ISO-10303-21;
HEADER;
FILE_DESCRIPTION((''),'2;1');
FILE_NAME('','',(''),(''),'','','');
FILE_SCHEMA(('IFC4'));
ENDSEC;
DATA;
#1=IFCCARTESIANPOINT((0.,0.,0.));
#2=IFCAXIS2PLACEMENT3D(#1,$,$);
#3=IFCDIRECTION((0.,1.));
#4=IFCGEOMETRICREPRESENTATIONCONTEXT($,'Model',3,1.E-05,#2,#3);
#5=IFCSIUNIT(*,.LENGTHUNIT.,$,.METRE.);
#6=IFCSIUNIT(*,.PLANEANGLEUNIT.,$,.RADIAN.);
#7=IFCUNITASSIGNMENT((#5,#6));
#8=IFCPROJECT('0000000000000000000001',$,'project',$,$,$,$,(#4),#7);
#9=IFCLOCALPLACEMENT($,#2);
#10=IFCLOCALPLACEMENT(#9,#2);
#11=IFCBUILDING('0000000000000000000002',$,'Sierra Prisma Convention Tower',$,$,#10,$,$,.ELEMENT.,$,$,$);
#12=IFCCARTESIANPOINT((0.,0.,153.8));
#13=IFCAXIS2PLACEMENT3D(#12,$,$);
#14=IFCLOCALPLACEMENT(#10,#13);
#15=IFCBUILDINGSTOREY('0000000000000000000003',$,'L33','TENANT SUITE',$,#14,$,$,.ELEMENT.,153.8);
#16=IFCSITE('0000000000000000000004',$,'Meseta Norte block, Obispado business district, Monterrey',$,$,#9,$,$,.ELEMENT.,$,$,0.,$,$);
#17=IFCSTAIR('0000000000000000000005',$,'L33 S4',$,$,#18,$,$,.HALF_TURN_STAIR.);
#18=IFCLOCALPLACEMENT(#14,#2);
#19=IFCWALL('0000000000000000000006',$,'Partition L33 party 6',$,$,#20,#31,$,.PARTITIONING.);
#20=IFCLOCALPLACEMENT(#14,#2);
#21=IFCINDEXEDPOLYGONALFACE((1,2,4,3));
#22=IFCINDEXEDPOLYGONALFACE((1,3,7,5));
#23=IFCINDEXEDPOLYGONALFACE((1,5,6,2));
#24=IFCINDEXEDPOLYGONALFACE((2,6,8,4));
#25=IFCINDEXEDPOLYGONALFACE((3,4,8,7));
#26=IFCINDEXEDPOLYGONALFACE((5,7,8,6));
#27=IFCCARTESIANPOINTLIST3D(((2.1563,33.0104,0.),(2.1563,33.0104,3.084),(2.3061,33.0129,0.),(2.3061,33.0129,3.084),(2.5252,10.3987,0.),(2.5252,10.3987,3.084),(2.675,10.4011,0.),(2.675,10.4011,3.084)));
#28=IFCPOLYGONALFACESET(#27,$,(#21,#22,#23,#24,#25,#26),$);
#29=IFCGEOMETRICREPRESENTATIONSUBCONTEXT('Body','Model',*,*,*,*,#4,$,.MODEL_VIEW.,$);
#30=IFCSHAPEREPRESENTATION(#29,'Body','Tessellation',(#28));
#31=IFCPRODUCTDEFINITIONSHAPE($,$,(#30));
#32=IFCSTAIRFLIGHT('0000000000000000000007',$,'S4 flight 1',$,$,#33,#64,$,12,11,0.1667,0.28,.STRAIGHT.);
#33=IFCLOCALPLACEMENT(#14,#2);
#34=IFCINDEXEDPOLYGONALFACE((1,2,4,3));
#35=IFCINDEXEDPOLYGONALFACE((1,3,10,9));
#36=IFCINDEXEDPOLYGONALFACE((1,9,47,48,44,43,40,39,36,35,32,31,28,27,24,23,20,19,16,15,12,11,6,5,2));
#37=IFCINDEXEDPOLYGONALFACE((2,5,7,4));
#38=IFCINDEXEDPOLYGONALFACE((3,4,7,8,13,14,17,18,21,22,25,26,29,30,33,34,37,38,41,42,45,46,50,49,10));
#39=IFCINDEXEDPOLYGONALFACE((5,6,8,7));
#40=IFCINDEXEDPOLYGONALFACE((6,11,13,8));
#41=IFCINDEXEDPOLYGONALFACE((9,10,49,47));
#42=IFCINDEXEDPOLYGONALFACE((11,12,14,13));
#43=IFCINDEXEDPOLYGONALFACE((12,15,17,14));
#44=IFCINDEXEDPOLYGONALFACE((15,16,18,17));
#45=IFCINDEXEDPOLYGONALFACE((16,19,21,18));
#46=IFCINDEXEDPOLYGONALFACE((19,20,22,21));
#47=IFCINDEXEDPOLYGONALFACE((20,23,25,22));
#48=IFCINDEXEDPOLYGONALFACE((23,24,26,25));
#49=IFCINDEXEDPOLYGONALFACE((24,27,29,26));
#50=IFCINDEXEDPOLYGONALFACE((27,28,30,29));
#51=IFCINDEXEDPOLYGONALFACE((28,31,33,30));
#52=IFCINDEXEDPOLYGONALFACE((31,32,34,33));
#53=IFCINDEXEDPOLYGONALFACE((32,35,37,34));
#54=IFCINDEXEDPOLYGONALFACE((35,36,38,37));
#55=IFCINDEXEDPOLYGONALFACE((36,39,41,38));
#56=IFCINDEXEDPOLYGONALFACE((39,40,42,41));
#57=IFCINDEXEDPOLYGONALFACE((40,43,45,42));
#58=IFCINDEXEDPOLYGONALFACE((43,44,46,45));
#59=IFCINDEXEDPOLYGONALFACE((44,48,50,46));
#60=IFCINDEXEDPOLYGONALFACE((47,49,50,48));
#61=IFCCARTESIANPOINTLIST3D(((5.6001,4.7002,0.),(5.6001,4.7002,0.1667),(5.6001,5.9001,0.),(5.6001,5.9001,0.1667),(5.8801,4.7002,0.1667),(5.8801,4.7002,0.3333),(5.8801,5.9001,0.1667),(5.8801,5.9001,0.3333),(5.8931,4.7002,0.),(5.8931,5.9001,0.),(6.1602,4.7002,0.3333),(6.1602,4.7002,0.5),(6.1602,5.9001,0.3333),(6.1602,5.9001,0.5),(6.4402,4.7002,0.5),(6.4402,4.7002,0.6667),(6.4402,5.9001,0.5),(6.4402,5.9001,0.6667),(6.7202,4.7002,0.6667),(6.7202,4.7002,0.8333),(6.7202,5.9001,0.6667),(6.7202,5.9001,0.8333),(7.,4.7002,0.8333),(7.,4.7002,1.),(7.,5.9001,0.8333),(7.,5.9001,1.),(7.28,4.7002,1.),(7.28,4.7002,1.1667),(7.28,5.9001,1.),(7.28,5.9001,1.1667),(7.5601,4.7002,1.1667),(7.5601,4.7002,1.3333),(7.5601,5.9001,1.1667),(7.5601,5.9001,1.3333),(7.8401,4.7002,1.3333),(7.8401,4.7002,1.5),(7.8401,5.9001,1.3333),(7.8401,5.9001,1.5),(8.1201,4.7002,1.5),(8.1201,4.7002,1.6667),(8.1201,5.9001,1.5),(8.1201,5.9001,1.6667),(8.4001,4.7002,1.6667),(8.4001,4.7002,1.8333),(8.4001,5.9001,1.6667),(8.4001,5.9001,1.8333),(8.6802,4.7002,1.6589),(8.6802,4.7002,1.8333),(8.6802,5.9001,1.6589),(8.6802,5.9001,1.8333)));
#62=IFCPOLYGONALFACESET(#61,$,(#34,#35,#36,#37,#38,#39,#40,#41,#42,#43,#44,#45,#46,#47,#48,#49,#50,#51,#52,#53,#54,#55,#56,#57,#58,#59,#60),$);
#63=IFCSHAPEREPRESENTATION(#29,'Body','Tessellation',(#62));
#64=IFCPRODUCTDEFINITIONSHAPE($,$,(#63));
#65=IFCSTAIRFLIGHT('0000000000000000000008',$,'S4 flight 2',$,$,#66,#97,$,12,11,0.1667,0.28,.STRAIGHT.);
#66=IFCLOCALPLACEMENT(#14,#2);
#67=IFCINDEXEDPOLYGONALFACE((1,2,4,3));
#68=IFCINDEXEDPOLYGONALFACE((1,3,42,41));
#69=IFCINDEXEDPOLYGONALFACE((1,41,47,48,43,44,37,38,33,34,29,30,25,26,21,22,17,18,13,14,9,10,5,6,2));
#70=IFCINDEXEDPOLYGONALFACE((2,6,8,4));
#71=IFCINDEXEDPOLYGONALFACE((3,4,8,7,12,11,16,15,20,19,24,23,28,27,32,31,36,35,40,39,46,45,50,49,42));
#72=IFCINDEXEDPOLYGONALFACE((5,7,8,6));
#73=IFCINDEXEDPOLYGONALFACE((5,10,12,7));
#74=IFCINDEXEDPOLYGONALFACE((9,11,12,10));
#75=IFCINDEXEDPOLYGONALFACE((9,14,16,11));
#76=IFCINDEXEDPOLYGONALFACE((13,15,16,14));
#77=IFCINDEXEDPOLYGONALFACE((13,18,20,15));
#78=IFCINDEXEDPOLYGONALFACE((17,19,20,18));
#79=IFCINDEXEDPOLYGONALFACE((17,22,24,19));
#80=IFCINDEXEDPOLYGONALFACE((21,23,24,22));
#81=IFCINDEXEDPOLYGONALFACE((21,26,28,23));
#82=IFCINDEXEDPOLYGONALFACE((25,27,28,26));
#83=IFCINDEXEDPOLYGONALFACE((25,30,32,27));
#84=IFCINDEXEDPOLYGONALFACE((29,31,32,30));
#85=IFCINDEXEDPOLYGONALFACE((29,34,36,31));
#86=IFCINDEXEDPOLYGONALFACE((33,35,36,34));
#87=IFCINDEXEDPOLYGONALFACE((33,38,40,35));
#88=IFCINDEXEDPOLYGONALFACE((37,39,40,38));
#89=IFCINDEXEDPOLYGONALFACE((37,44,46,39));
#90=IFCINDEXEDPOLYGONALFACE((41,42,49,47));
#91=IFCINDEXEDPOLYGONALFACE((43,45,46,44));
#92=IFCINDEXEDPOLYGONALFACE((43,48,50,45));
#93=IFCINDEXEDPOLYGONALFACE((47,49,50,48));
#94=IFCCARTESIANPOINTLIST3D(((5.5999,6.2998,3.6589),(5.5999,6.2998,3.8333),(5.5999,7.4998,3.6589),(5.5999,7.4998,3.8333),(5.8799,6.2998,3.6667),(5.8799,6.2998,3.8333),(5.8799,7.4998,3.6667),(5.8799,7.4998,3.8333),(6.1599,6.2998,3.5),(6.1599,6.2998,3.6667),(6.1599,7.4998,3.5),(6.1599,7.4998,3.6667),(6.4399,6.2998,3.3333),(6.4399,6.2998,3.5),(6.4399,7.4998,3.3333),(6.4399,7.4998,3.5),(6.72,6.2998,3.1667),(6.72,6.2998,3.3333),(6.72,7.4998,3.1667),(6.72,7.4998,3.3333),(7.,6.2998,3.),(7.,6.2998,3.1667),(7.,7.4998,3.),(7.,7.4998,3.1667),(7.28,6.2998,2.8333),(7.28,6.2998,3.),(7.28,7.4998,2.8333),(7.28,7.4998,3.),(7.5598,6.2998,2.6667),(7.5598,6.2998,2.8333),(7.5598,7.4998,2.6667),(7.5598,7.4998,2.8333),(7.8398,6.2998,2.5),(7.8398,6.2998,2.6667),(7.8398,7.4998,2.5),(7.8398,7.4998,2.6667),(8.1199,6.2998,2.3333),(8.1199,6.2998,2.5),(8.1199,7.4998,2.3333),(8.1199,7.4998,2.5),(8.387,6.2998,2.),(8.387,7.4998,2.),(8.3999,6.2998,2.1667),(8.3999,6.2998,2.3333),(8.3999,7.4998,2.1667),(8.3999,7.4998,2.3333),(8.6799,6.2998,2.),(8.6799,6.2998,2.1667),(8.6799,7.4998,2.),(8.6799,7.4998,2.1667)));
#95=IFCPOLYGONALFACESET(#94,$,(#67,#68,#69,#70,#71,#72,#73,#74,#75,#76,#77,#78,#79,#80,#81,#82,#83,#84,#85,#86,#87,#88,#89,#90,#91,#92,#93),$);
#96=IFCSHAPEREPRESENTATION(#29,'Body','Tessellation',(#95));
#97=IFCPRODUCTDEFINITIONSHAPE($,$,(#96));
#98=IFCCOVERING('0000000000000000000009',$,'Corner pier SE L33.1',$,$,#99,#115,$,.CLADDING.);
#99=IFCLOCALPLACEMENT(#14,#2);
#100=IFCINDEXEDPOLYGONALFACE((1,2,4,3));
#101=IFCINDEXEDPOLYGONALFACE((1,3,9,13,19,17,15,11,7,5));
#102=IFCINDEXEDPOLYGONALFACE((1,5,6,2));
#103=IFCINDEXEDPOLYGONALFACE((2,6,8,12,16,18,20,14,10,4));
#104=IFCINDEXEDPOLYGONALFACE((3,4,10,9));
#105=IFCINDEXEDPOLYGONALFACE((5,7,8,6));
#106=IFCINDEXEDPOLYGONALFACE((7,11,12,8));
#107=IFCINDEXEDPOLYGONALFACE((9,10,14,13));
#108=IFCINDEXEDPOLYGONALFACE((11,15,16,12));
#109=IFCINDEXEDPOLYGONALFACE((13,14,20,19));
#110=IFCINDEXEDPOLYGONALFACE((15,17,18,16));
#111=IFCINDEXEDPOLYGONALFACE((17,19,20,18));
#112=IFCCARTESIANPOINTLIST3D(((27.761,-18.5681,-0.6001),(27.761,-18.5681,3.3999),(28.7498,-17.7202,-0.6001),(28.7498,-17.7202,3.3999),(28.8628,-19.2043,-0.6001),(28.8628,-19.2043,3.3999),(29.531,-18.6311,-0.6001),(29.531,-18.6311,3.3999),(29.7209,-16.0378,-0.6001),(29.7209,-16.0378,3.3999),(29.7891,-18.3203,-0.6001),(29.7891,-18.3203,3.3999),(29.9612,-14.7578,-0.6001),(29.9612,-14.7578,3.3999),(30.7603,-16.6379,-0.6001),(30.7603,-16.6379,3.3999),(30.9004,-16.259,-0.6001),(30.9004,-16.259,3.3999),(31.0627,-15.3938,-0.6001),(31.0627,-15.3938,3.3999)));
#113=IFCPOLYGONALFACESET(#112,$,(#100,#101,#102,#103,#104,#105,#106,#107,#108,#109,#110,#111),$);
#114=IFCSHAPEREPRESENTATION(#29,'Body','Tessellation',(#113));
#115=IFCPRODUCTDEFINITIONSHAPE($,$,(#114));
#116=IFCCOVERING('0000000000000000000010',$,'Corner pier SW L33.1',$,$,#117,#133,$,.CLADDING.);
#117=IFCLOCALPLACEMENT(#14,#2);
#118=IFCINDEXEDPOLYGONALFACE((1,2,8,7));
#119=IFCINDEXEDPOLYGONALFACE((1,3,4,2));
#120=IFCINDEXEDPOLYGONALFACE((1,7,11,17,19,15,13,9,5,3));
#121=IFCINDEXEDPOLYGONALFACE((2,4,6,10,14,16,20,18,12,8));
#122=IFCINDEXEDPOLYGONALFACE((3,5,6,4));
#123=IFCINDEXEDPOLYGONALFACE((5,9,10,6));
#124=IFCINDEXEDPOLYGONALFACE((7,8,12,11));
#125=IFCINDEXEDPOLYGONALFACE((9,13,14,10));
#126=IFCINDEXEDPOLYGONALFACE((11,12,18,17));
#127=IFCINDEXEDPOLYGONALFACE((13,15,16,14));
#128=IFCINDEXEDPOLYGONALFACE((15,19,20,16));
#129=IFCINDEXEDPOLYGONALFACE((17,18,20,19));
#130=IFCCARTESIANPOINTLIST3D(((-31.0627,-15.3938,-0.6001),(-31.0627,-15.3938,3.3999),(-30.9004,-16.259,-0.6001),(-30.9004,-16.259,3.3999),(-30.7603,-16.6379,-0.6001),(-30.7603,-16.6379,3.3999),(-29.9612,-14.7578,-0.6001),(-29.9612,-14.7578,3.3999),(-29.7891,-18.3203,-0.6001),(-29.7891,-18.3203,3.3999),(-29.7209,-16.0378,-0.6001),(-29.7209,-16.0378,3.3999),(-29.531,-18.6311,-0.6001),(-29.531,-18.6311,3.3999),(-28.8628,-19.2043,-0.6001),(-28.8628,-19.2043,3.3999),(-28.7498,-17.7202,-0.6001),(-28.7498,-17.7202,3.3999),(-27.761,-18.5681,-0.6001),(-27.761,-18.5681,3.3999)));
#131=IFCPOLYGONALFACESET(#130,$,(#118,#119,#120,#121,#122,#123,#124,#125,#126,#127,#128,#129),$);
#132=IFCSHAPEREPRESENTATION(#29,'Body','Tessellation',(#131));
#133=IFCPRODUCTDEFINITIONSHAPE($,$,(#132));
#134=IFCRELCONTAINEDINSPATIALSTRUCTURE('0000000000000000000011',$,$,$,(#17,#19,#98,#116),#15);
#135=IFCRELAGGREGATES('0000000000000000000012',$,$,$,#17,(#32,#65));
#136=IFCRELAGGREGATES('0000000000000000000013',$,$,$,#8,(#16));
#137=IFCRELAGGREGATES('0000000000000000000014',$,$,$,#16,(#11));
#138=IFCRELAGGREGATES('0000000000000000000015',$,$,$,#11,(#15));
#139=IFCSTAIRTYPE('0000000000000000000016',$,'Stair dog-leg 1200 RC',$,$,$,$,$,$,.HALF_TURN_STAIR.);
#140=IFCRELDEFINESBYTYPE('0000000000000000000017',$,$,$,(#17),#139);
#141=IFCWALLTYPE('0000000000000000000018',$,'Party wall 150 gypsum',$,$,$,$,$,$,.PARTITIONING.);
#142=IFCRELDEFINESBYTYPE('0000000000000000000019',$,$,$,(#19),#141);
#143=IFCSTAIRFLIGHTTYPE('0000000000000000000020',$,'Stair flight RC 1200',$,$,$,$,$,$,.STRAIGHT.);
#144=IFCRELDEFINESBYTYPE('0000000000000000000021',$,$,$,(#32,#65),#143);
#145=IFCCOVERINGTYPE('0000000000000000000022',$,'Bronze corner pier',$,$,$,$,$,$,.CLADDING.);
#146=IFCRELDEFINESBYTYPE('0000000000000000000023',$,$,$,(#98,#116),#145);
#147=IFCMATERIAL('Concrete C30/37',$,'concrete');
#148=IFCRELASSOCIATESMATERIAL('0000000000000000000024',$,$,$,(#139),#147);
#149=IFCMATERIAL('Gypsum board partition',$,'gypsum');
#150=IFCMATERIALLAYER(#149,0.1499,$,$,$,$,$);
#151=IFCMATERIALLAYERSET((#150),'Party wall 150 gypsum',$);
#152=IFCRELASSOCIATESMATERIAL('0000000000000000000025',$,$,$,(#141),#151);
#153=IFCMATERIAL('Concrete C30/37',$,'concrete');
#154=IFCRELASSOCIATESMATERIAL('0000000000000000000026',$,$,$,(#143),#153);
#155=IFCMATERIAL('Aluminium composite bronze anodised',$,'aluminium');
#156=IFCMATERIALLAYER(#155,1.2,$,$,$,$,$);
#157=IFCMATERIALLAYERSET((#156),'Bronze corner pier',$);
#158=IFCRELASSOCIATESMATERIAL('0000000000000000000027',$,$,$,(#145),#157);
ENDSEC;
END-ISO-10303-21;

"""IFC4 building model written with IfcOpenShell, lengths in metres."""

from ifc_helpers import new_model, si_unit, direction, frame, frame_2d, origin, place, context, subcontext, project, spatial, polyline, rectangle, outline, extrude, material, layer, layer_set, type_object, element, aggregate, save


model = new_model("IFC4")

# Units and contexts
model_context = context("Model", 3, precision=1e-05, world=origin(), true_north=direction((0.0, 1.0)))
body_context = subcontext(model_context, "Body", "Model", "MODEL_VIEW")
ifc_project = project(units=[si_unit("LENGTHUNIT", "METRE"), si_unit("PLANEANGLEUNIT", "RADIAN")], contexts=[model_context])

# Site, building, storey
site_placement = place(None, origin())
site = spatial("IfcSite", under=ifc_project, at=site_placement, Name="Meseta Norte block, Obispado business district, Monterrey", CompositionType="ELEMENT", RefElevation=0.0)
building_placement = place(site_placement, origin())
building = spatial("IfcBuilding", under=site, at=building_placement, Name="Sierra Prisma Convention Tower", CompositionType="ELEMENT")
storey_placement = place(building_placement, frame((0.0, 0.0, 153.8)))
storey = spatial("IfcBuildingStorey", under=building, at=storey_placement, Name="L33", Description="TENANT SUITE", CompositionType="ELEMENT", Elevation=153.8)

# Shared definitions
ifc_material_1 = material(Name="Concrete C30/37", Category="concrete")
stair_type = type_object("IfcStairType", Name="Stair dog-leg 1200 RC", PredefinedType="HALF_TURN_STAIR", material=ifc_material_1)

# Stair
stair_1_placement = place(storey_placement, origin())
stair_1 = element("IfcStair", 1, at=stair_1_placement, inside=storey, type_object=stair_type, Name="L33 S4", PredefinedType="HALF_TURN_STAIR")

# Wall
ifc_material_2 = material(Name="Gypsum board partition", Category="gypsum")
ifc_layer_1 = layer(ifc_material_2, 0.1499)
ifc_layer_set_1 = layer_set([ifc_layer_1], Name="Party wall 150 gypsum")
wall_type_1 = type_object("IfcWallType", Name="Party wall 150 gypsum", PredefinedType="PARTITIONING", material=ifc_layer_set_1)
wall_1_placement = place(storey_placement, frame((2.6001, 10.3999, 0.0), z_axis=(0.0, 0.0, 1.0), x_axis=(-0.016312, 0.999867, 0.0)))
element("IfcWall", 2, at=wall_1_placement, inside=storey, type_object=wall_type_1, Name="Partition L33 party 6", PredefinedType="PARTITIONING", context=body_context, shape_type="SweptSolid", body=[
    extrude(rectangle(XDim=22.6147, YDim=0.1499, at=frame_2d((11.3074, 0.0))), origin(), (0.0, 0.0, 1.0), 3.084),
])

# Stair flights
ifc_material_3 = material(Name="Concrete C30/37", Category="concrete")
stair_flight_type = type_object("IfcStairFlightType", Name="Stair flight RC 1200", PredefinedType="STRAIGHT", material=ifc_material_3)
stair_flight_1_placement = place(storey_placement, frame((5.6001, 5.3, 0.0), z_axis=(0.0, 0.0, 1.0), x_axis=(1.0, 0.0, 0.0)))
stair_flight_1 = element("IfcStairFlight", 3, at=stair_flight_1_placement, type_object=stair_flight_type, Name="S4 flight 1", NumberOfRisers=12, NumberOfTreads=11, PredefinedType="STRAIGHT", RiserHeight=0.1667, TreadLength=0.28, context=body_context, shape_type="SweptSolid", body=[
    extrude(outline(polyline([(0.0, 0.0), (0.0, 0.1667), (0.28, 0.1667), (0.28, 0.3333), (0.5601, 0.3333), (0.5601, 0.5), (0.8401, 0.5), (0.8401, 0.6667), (1.1201, 0.6667), (1.1201, 0.8333), (1.3999, 0.8333), (1.3999, 1.0), (1.6799, 1.0), (1.6799, 1.1667), (1.96, 1.1667), (1.96, 1.3333), (2.24, 1.3333), (2.24, 1.5), (2.52, 1.5), (2.52, 1.6667), (2.8, 1.6667), (2.8, 1.8333), (3.0801, 1.8333), (3.0801, 2.0), (3.0801, 1.6589), (0.293, 0.0), (0.0, 0.0)])), frame((0.0, 0.6001, 0.0), z_axis=(0.0, -1.0, 0.0), x_axis=(1.0, 0.0, 0.0)), (0.0, 0.0, 1.0), 1.2),
])
stair_flight_2_placement = place(storey_placement, frame((8.6799, 6.8999, 2.0), z_axis=(0.0, 0.0, 1.0), x_axis=(-1.0, 0.0, 0.0)))
stair_flight_2 = element("IfcStairFlight", 4, at=stair_flight_2_placement, type_object=stair_flight_type, Name="S4 flight 2", NumberOfRisers=12, NumberOfTreads=11, PredefinedType="STRAIGHT", RiserHeight=0.1667, TreadLength=0.28, context=body_context, shape_type="SweptSolid", body=[
    extrude(outline(polyline([(0.0, 0.0), (0.0, 0.1667), (0.28, 0.1667), (0.28, 0.3333), (0.5601, 0.3333), (0.5601, 0.5), (0.8401, 0.5), (0.8401, 0.6667), (1.1201, 0.6667), (1.1201, 0.8333), (1.3999, 0.8333), (1.3999, 1.0), (1.6799, 1.0), (1.6799, 1.1667), (1.96, 1.1667), (1.96, 1.3333), (2.24, 1.3333), (2.24, 1.5), (2.52, 1.5), (2.52, 1.6667), (2.8, 1.6667), (2.8, 1.8333), (3.0801, 1.8333), (3.0801, 2.0), (3.0801, 1.6589), (0.293, 0.0), (0.0, 0.0)])), frame((0.0, 0.6001, 0.0), z_axis=(0.0, -1.0, 0.0), x_axis=(1.0, 0.0, 0.0)), (0.0, 0.0, 1.0), 1.2),
])
aggregate(stair_1, [stair_flight_1, stair_flight_2])

# Coverings
ifc_material_4 = material(Name="Aluminium composite bronze anodised", Category="aluminium")
ifc_layer_2 = layer(ifc_material_4, 1.2)
ifc_layer_set_2 = layer_set([ifc_layer_2], Name="Bronze corner pier")
covering_type = type_object("IfcCoveringType", Name="Bronze corner pier", PredefinedType="CLADDING", material=ifc_layer_set_2)
covering_1_placement = place(storey_placement, frame((0.0, 0.0, -0.6001)))
element("IfcCovering", 5, at=covering_1_placement, inside=storey, type_object=covering_type, Name="Corner pier SE L33.1", PredefinedType="CLADDING", context=body_context, shape_type="SweptSolid", body=[
    extrude(outline(polyline([(30.7603, -16.6379), (29.7891, -18.3203), (29.531, -18.6311), (28.8628, -19.2043), (27.761, -18.5681), (28.7498, -17.7202), (29.7209, -16.0378), (29.9612, -14.7578), (31.0627, -15.3938), (30.9004, -16.259), (30.7603, -16.6379)])), origin(), (0.0, 0.0, 1.0), 4.0),
])
covering_2_placement = place(storey_placement, frame((0.0, 0.0, -0.6001)))
element("IfcCovering", 6, at=covering_2_placement, inside=storey, type_object=covering_type, Name="Corner pier SW L33.1", PredefinedType="CLADDING", context=body_context, shape_type="SweptSolid", body=[
    extrude(outline(polyline([(-29.7891, -18.3203), (-30.7603, -16.6379), (-30.9004, -16.259), (-31.0627, -15.3938), (-29.9612, -14.7578), (-29.7209, -16.0378), (-28.7498, -17.7202), (-27.761, -18.5681), (-28.8628, -19.2043), (-29.531, -18.6311), (-29.7891, -18.3203)])), origin(), (0.0, 0.0, 1.0), 4.0),
])

save(model, "model.ifc")
